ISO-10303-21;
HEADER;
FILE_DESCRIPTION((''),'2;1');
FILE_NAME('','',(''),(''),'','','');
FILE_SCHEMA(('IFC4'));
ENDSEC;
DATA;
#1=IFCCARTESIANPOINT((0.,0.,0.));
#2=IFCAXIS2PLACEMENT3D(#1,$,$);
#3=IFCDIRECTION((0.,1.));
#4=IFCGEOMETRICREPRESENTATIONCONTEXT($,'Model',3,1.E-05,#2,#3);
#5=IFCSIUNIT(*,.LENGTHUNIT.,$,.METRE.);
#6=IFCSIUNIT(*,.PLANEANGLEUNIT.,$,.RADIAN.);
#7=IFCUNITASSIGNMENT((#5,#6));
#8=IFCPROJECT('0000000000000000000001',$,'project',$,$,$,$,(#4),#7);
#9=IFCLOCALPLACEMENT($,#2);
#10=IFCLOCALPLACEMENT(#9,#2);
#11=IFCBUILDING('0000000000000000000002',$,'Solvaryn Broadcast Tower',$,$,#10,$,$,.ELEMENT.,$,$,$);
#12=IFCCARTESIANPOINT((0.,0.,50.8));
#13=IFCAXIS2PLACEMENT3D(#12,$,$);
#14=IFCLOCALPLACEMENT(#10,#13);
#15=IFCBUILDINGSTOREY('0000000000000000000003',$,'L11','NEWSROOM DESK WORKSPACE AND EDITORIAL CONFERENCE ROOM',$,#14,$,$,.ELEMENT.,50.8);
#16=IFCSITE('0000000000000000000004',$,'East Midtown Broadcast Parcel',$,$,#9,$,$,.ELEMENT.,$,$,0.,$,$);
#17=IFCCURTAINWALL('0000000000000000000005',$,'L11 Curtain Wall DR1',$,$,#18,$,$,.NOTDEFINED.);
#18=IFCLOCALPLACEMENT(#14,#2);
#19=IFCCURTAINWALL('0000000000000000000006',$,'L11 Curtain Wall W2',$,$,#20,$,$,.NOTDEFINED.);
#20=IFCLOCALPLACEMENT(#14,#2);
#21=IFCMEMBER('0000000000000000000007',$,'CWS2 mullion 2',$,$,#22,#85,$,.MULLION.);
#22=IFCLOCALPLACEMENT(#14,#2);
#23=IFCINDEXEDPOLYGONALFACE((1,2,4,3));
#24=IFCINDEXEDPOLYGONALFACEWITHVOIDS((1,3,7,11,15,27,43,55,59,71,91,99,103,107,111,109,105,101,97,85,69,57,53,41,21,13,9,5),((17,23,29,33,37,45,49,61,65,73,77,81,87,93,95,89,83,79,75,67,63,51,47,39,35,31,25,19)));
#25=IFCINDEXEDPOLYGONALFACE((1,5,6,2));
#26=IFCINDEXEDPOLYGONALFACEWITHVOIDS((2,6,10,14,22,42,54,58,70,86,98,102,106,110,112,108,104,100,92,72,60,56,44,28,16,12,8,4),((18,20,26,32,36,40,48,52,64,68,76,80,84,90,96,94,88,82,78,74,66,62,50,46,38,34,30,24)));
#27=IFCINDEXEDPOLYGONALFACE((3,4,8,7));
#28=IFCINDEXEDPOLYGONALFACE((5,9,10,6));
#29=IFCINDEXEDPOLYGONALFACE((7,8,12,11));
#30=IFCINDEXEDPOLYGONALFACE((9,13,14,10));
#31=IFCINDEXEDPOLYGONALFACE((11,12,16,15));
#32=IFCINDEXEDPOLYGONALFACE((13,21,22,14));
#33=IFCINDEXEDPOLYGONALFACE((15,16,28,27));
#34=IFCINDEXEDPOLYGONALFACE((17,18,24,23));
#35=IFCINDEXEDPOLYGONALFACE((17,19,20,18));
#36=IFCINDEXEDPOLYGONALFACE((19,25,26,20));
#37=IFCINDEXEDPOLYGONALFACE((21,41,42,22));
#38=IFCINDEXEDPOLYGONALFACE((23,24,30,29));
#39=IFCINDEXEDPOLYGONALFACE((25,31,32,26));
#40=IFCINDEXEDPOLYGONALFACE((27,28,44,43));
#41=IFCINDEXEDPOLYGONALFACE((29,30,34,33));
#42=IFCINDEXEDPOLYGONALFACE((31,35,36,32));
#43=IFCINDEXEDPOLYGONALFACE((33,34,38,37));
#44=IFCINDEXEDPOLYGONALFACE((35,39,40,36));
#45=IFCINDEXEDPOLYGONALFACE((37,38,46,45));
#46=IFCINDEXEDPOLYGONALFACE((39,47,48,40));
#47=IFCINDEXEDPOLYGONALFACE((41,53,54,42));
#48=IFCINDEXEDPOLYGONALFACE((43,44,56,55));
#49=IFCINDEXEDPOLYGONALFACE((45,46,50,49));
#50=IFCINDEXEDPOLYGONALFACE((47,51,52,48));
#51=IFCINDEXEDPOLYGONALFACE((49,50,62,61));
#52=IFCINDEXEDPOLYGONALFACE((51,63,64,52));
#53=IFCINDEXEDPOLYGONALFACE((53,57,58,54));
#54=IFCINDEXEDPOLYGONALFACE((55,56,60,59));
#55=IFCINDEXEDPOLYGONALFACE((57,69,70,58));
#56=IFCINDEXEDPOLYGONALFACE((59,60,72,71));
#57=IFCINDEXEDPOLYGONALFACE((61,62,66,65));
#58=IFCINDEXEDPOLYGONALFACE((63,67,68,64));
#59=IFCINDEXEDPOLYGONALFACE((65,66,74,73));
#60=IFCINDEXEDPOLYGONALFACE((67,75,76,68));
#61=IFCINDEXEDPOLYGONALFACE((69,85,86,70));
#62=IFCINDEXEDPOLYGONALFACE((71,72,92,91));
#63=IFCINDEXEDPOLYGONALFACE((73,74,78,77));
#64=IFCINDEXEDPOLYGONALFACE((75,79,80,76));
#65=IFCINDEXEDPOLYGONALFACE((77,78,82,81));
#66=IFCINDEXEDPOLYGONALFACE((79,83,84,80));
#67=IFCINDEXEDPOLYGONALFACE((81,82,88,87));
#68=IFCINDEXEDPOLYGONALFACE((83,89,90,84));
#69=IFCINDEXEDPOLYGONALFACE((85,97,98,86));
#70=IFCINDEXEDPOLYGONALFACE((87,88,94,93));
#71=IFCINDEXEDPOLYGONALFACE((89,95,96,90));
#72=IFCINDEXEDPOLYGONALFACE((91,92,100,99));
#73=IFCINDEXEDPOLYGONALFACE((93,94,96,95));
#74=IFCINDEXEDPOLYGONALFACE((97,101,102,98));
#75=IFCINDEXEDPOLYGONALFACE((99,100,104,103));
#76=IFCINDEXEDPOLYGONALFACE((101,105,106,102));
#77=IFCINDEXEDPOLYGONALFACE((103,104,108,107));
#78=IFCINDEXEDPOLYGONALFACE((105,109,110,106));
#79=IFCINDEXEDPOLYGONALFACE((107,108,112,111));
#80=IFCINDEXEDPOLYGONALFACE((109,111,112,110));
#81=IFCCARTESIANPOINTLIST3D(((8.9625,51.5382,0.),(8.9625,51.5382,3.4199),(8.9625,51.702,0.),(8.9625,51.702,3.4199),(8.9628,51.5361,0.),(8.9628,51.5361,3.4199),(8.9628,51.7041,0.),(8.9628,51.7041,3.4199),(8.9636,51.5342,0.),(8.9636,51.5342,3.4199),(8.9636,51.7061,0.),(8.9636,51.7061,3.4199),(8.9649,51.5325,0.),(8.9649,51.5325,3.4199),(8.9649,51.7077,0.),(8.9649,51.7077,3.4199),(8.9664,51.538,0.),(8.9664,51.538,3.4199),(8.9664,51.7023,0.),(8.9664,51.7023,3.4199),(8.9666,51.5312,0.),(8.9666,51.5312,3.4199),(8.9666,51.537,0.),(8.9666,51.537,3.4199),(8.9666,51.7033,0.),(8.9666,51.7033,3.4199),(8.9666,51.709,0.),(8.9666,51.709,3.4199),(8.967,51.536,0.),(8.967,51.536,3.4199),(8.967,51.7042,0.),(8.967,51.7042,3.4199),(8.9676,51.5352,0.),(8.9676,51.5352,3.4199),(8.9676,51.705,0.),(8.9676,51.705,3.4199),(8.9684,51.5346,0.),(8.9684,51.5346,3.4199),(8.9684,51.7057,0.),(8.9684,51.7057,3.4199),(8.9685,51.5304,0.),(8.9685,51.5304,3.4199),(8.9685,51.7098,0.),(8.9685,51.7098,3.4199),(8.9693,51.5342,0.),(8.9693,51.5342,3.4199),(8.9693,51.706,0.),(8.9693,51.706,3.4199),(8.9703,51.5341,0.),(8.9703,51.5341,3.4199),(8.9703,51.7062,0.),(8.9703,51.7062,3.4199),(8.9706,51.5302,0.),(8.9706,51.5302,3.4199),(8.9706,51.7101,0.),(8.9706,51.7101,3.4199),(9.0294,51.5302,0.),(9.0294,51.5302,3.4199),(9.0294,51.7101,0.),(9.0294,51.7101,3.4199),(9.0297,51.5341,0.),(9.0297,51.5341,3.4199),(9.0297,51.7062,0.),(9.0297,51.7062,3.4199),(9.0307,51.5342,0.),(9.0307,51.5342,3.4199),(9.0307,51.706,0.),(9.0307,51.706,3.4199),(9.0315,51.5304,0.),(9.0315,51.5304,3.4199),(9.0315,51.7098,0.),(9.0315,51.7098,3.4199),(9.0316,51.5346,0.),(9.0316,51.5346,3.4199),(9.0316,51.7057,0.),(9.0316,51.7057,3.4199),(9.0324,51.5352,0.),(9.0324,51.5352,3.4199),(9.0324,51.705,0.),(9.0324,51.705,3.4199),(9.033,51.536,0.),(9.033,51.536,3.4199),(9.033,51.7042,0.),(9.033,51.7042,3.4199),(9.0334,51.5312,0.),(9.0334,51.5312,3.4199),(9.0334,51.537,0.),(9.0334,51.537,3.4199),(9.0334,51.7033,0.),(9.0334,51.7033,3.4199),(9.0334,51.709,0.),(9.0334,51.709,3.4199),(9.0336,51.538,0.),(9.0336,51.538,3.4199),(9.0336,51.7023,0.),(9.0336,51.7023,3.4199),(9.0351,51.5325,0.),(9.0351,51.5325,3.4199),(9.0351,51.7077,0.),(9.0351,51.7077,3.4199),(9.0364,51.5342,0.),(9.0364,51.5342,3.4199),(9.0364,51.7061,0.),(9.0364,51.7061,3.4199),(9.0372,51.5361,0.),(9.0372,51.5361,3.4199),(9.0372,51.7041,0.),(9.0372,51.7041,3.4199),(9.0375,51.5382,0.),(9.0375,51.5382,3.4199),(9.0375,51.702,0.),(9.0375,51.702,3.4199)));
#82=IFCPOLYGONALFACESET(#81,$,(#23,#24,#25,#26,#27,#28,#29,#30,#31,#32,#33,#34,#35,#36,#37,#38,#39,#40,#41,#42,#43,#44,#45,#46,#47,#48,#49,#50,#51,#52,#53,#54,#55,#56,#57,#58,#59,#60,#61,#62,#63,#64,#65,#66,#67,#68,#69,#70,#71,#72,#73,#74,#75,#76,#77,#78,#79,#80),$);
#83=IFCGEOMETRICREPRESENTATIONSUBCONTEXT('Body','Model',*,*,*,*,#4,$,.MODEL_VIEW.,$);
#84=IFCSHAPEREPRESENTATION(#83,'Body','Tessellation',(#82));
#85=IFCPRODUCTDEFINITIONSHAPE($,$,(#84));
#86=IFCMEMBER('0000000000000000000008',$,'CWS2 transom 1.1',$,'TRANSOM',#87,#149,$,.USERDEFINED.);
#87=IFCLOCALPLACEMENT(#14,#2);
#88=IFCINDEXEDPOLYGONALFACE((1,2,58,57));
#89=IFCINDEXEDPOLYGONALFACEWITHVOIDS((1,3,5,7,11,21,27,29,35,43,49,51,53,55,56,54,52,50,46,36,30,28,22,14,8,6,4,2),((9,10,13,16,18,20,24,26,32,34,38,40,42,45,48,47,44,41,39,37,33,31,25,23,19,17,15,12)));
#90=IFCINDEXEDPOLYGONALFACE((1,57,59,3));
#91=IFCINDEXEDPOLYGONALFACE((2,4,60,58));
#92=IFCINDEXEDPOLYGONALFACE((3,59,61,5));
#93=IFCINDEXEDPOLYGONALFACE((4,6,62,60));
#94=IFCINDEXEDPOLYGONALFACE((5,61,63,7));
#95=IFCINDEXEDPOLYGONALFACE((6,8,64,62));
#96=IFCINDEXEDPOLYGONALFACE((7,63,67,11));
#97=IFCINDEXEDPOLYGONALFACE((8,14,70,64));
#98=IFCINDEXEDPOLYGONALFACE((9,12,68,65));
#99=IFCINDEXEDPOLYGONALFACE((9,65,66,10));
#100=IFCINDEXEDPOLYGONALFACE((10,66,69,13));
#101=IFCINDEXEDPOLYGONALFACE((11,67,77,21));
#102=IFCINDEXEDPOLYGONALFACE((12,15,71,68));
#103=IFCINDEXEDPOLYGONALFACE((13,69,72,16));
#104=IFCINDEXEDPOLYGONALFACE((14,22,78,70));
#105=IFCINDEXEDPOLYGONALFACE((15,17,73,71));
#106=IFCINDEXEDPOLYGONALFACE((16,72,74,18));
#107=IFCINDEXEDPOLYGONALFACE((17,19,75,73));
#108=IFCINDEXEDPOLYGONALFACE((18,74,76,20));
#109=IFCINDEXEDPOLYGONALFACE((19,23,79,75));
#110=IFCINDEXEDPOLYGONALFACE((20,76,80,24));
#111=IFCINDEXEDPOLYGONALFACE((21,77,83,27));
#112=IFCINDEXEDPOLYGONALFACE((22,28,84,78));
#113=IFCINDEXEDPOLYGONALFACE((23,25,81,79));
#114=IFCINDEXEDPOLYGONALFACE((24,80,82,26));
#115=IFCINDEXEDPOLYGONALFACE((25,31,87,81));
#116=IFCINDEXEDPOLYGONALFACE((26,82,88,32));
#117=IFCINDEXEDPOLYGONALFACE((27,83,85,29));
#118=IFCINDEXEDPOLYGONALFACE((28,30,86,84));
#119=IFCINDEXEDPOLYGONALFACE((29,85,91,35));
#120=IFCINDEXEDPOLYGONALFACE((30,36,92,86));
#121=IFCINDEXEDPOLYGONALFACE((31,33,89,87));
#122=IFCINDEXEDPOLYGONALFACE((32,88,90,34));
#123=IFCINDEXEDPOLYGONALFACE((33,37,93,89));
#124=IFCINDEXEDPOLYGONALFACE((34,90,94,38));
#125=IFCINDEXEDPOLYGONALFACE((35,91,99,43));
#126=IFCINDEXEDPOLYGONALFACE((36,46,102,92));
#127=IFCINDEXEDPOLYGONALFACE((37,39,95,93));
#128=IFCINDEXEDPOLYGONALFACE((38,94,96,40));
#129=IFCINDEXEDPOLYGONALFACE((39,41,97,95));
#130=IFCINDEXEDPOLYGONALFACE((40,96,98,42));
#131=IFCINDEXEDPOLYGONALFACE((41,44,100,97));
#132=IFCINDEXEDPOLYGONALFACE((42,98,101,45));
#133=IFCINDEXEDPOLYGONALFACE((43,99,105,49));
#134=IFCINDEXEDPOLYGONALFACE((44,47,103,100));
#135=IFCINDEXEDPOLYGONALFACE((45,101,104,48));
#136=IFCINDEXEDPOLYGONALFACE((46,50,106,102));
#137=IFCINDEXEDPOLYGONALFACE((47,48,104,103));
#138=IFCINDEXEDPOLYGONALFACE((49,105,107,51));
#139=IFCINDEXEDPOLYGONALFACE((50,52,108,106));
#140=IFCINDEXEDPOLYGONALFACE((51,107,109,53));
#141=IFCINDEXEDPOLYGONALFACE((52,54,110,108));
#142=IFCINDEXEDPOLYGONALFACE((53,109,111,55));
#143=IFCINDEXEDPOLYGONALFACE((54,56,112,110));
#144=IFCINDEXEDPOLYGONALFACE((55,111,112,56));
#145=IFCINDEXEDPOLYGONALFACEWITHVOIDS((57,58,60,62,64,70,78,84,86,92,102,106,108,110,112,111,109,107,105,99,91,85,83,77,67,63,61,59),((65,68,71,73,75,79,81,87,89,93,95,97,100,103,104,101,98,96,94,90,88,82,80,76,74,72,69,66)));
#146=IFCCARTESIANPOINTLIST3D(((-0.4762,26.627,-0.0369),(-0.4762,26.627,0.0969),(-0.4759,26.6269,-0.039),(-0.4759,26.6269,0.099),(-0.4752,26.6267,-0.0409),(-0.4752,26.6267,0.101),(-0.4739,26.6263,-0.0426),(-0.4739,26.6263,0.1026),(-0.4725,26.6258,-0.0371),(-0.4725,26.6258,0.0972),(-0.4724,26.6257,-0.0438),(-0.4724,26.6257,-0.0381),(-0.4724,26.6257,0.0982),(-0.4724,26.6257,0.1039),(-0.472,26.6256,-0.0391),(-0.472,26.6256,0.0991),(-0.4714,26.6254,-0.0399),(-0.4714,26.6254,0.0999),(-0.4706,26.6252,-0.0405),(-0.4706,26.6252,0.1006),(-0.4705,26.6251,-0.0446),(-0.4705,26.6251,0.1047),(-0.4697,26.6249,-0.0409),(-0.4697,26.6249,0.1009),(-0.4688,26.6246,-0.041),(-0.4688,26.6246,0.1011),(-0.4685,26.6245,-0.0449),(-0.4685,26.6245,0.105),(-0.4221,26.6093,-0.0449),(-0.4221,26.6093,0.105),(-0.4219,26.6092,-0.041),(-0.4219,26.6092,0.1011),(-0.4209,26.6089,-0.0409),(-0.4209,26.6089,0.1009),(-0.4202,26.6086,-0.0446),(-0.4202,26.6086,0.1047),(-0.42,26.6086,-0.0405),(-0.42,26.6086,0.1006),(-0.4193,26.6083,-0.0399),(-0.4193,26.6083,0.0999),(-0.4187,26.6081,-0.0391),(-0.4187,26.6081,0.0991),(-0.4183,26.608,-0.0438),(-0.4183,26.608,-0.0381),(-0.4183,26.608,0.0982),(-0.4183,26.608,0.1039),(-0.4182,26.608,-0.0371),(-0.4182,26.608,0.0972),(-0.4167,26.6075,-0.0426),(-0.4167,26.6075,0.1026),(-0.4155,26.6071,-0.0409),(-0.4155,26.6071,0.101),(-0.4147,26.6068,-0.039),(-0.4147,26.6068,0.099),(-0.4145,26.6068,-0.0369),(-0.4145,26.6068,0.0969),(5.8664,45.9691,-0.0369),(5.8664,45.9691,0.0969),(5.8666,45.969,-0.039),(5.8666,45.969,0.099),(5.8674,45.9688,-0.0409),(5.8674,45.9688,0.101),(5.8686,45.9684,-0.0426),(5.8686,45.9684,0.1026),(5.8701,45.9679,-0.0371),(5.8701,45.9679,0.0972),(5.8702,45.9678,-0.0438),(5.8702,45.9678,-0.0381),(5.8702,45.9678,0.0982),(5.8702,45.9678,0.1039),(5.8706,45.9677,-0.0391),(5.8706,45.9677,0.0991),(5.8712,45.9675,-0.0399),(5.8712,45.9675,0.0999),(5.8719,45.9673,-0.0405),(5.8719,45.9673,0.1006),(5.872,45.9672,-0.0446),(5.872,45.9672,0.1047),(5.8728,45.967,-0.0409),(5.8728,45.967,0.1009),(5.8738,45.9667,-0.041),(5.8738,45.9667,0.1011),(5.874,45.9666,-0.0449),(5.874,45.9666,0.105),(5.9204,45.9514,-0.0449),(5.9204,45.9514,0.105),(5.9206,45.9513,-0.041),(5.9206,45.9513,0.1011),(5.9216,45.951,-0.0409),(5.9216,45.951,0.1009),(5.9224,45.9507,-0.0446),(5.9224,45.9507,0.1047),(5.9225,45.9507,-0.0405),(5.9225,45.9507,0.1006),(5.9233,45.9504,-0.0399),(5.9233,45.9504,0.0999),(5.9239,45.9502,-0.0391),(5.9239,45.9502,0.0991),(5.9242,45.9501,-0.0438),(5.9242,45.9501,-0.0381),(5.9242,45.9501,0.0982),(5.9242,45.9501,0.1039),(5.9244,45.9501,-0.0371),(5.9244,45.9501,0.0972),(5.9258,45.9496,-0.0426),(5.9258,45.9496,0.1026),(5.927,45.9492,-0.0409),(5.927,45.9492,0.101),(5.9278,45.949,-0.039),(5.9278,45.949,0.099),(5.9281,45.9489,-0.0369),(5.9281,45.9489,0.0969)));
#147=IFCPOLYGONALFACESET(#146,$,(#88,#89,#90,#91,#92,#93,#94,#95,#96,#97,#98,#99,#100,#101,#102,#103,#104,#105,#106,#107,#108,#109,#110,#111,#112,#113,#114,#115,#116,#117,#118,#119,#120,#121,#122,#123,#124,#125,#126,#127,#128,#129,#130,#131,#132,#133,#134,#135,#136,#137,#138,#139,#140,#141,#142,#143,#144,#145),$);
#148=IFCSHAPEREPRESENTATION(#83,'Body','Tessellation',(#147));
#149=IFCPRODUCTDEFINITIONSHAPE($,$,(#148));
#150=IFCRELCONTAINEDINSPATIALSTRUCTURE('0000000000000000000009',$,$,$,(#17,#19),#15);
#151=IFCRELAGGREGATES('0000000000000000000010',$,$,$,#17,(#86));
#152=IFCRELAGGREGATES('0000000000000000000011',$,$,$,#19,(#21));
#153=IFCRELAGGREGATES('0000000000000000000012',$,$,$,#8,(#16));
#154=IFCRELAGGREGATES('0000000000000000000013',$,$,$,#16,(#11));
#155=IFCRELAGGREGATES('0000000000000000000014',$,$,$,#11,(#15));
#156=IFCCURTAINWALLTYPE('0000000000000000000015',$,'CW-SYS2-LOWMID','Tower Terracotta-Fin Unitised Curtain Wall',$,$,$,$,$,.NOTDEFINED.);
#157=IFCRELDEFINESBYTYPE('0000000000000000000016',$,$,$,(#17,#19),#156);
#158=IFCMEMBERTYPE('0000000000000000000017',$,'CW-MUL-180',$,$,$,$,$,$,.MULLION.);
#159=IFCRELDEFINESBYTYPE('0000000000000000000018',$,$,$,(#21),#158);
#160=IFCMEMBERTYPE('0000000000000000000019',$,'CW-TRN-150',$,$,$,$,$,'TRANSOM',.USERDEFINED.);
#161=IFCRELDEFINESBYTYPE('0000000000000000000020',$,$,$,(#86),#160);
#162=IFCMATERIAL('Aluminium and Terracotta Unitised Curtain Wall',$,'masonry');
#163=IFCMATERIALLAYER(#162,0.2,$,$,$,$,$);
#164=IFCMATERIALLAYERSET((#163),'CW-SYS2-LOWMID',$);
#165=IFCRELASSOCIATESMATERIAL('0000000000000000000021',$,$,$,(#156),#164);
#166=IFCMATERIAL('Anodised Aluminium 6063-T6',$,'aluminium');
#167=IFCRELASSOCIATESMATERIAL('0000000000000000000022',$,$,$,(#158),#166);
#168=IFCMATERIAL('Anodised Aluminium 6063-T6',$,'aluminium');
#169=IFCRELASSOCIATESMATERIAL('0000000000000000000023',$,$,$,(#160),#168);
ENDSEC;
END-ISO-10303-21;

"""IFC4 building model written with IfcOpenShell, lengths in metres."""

from ifc_helpers import new_model, si_unit, direction, frame, origin, origin_2d, place, context, subcontext, project, spatial, hollow_rectangle, extrude, material, layer, layer_set, material_profile, profile_set, type_object, element, aggregate, save


model = new_model("IFC4")

# Units and contexts
model_context = context("Model", 3, precision=1e-05, world=origin(), true_north=direction((0.0, 1.0)))
body_context = subcontext(model_context, "Body", "Model", "MODEL_VIEW")
ifc_project = project(units=[si_unit("LENGTHUNIT", "METRE"), si_unit("PLANEANGLEUNIT", "RADIAN")], contexts=[model_context])

# Site, building, storey
site_placement = place(None, origin())
site = spatial("IfcSite", under=ifc_project, at=site_placement, Name="East Midtown Broadcast Parcel", CompositionType="ELEMENT", RefElevation=0.0)
building_placement = place(site_placement, origin())
building = spatial("IfcBuilding", under=site, at=building_placement, Name="Solvaryn Broadcast Tower", CompositionType="ELEMENT")
storey_placement = place(building_placement, frame((0.0, 0.0, 50.8)))
storey = spatial("IfcBuildingStorey", under=building, at=storey_placement, Name="L11", Description="NEWSROOM DESK WORKSPACE AND EDITORIAL CONFERENCE ROOM", CompositionType="ELEMENT", Elevation=50.8)

# Curtain wall
ifc_material_1 = material(Name="Aluminium and Terracotta Unitised Curtain Wall", Category="masonry")
ifc_layer_1 = layer(ifc_material_1, 0.2)
ifc_layer_set_1 = layer_set([ifc_layer_1], Name="CW-SYS2-LOWMID")
curtain_wall_type = type_object("IfcCurtainWallType", Name="CW-SYS2-LOWMID", Description="Tower Terracotta-Fin Unitised Curtain Wall", PredefinedType="NOTDEFINED", material=ifc_layer_set_1)
curtain_wall_1_placement = place(storey_placement, origin())
curtain_wall_1 = element("IfcCurtainWall", 1, at=curtain_wall_1_placement, inside=storey, type_object=curtain_wall_type, Name="L11 Curtain Wall DR1", PredefinedType="NOTDEFINED")
ifc_material_2 = material(Name="Anodised Aluminium 6063-T6", Category="aluminium")
ifc_material_profile_1 = material_profile(ifc_material_2, hollow_rectangle(XDim=0.075, YDim=0.1799, WallThickness=0.0039, InnerFilletRadius=0.0039, OuterFilletRadius=0.0081, at=origin_2d()))
ifc_profile_set_1 = profile_set([ifc_material_profile_1], Name="Anodised Aluminium 6063-T6")
member_type_1 = type_object("IfcMemberType", Name="CW-MUL-180", PredefinedType="MULLION", material=ifc_profile_set_1)

# Curtain wall, member
curtain_wall_2_placement = place(storey_placement, origin())
curtain_wall_2 = element("IfcCurtainWall", 2, at=curtain_wall_2_placement, inside=storey, type_object=curtain_wall_type, Name="L11 Curtain Wall W2", PredefinedType="NOTDEFINED")
member_1_placement = place(storey_placement, frame((9.0, 51.6201, 0.0), z_axis=(0.0, 0.0, 1.0), x_axis=(-1.0, 0.0, 0.0)))
member_1 = element("IfcMember", 3, at=member_1_placement, type_object=member_type_1, Name="CWS2 mullion 2", PredefinedType="MULLION", context=body_context, shape_type="SweptSolid", body=[
    extrude(hollow_rectangle(XDim=0.075, YDim=0.1799, WallThickness=0.0039, InnerFilletRadius=0.0039, OuterFilletRadius=0.0081, at=origin_2d()), origin(), (0.0, 0.0, 1.0), 3.4199),
])

# Member
ifc_material_3 = material(Name="Anodised Aluminium 6063-T6", Category="aluminium")
ifc_material_profile_2 = material_profile(ifc_material_3, hollow_rectangle(XDim=0.0649, YDim=0.1499, WallThickness=0.0039, InnerFilletRadius=0.0039, OuterFilletRadius=0.0081, at=origin_2d()))
ifc_profile_set_2 = profile_set([ifc_material_profile_2], Name="Anodised Aluminium 6063-T6")
member_type_2 = type_object("IfcMemberType", Name="CW-TRN-150", ElementType="TRANSOM", PredefinedType="USERDEFINED", material=ifc_profile_set_2)
member_2_placement = place(storey_placement, frame((5.8972, 45.959, 0.03), z_axis=(-0.31159, -0.950217, 0.0), x_axis=(0.950217, -0.31159, 0.0)))
member_2 = element("IfcMember", 4, at=member_2_placement, type_object=member_type_2, Name="CWS2 transom 1.1", ObjectType="TRANSOM", PredefinedType="USERDEFINED", context=body_context, shape_type="SweptSolid", body=[
    extrude(hollow_rectangle(XDim=0.0649, YDim=0.1499, WallThickness=0.0039, InnerFilletRadius=0.0039, OuterFilletRadius=0.0081, at=origin_2d()), origin(), (0.0, 0.0, 1.0), 20.3555),
])
aggregate(curtain_wall_1, [member_2])

aggregate(curtain_wall_2, [member_1])

save(model, "model.ifc")
